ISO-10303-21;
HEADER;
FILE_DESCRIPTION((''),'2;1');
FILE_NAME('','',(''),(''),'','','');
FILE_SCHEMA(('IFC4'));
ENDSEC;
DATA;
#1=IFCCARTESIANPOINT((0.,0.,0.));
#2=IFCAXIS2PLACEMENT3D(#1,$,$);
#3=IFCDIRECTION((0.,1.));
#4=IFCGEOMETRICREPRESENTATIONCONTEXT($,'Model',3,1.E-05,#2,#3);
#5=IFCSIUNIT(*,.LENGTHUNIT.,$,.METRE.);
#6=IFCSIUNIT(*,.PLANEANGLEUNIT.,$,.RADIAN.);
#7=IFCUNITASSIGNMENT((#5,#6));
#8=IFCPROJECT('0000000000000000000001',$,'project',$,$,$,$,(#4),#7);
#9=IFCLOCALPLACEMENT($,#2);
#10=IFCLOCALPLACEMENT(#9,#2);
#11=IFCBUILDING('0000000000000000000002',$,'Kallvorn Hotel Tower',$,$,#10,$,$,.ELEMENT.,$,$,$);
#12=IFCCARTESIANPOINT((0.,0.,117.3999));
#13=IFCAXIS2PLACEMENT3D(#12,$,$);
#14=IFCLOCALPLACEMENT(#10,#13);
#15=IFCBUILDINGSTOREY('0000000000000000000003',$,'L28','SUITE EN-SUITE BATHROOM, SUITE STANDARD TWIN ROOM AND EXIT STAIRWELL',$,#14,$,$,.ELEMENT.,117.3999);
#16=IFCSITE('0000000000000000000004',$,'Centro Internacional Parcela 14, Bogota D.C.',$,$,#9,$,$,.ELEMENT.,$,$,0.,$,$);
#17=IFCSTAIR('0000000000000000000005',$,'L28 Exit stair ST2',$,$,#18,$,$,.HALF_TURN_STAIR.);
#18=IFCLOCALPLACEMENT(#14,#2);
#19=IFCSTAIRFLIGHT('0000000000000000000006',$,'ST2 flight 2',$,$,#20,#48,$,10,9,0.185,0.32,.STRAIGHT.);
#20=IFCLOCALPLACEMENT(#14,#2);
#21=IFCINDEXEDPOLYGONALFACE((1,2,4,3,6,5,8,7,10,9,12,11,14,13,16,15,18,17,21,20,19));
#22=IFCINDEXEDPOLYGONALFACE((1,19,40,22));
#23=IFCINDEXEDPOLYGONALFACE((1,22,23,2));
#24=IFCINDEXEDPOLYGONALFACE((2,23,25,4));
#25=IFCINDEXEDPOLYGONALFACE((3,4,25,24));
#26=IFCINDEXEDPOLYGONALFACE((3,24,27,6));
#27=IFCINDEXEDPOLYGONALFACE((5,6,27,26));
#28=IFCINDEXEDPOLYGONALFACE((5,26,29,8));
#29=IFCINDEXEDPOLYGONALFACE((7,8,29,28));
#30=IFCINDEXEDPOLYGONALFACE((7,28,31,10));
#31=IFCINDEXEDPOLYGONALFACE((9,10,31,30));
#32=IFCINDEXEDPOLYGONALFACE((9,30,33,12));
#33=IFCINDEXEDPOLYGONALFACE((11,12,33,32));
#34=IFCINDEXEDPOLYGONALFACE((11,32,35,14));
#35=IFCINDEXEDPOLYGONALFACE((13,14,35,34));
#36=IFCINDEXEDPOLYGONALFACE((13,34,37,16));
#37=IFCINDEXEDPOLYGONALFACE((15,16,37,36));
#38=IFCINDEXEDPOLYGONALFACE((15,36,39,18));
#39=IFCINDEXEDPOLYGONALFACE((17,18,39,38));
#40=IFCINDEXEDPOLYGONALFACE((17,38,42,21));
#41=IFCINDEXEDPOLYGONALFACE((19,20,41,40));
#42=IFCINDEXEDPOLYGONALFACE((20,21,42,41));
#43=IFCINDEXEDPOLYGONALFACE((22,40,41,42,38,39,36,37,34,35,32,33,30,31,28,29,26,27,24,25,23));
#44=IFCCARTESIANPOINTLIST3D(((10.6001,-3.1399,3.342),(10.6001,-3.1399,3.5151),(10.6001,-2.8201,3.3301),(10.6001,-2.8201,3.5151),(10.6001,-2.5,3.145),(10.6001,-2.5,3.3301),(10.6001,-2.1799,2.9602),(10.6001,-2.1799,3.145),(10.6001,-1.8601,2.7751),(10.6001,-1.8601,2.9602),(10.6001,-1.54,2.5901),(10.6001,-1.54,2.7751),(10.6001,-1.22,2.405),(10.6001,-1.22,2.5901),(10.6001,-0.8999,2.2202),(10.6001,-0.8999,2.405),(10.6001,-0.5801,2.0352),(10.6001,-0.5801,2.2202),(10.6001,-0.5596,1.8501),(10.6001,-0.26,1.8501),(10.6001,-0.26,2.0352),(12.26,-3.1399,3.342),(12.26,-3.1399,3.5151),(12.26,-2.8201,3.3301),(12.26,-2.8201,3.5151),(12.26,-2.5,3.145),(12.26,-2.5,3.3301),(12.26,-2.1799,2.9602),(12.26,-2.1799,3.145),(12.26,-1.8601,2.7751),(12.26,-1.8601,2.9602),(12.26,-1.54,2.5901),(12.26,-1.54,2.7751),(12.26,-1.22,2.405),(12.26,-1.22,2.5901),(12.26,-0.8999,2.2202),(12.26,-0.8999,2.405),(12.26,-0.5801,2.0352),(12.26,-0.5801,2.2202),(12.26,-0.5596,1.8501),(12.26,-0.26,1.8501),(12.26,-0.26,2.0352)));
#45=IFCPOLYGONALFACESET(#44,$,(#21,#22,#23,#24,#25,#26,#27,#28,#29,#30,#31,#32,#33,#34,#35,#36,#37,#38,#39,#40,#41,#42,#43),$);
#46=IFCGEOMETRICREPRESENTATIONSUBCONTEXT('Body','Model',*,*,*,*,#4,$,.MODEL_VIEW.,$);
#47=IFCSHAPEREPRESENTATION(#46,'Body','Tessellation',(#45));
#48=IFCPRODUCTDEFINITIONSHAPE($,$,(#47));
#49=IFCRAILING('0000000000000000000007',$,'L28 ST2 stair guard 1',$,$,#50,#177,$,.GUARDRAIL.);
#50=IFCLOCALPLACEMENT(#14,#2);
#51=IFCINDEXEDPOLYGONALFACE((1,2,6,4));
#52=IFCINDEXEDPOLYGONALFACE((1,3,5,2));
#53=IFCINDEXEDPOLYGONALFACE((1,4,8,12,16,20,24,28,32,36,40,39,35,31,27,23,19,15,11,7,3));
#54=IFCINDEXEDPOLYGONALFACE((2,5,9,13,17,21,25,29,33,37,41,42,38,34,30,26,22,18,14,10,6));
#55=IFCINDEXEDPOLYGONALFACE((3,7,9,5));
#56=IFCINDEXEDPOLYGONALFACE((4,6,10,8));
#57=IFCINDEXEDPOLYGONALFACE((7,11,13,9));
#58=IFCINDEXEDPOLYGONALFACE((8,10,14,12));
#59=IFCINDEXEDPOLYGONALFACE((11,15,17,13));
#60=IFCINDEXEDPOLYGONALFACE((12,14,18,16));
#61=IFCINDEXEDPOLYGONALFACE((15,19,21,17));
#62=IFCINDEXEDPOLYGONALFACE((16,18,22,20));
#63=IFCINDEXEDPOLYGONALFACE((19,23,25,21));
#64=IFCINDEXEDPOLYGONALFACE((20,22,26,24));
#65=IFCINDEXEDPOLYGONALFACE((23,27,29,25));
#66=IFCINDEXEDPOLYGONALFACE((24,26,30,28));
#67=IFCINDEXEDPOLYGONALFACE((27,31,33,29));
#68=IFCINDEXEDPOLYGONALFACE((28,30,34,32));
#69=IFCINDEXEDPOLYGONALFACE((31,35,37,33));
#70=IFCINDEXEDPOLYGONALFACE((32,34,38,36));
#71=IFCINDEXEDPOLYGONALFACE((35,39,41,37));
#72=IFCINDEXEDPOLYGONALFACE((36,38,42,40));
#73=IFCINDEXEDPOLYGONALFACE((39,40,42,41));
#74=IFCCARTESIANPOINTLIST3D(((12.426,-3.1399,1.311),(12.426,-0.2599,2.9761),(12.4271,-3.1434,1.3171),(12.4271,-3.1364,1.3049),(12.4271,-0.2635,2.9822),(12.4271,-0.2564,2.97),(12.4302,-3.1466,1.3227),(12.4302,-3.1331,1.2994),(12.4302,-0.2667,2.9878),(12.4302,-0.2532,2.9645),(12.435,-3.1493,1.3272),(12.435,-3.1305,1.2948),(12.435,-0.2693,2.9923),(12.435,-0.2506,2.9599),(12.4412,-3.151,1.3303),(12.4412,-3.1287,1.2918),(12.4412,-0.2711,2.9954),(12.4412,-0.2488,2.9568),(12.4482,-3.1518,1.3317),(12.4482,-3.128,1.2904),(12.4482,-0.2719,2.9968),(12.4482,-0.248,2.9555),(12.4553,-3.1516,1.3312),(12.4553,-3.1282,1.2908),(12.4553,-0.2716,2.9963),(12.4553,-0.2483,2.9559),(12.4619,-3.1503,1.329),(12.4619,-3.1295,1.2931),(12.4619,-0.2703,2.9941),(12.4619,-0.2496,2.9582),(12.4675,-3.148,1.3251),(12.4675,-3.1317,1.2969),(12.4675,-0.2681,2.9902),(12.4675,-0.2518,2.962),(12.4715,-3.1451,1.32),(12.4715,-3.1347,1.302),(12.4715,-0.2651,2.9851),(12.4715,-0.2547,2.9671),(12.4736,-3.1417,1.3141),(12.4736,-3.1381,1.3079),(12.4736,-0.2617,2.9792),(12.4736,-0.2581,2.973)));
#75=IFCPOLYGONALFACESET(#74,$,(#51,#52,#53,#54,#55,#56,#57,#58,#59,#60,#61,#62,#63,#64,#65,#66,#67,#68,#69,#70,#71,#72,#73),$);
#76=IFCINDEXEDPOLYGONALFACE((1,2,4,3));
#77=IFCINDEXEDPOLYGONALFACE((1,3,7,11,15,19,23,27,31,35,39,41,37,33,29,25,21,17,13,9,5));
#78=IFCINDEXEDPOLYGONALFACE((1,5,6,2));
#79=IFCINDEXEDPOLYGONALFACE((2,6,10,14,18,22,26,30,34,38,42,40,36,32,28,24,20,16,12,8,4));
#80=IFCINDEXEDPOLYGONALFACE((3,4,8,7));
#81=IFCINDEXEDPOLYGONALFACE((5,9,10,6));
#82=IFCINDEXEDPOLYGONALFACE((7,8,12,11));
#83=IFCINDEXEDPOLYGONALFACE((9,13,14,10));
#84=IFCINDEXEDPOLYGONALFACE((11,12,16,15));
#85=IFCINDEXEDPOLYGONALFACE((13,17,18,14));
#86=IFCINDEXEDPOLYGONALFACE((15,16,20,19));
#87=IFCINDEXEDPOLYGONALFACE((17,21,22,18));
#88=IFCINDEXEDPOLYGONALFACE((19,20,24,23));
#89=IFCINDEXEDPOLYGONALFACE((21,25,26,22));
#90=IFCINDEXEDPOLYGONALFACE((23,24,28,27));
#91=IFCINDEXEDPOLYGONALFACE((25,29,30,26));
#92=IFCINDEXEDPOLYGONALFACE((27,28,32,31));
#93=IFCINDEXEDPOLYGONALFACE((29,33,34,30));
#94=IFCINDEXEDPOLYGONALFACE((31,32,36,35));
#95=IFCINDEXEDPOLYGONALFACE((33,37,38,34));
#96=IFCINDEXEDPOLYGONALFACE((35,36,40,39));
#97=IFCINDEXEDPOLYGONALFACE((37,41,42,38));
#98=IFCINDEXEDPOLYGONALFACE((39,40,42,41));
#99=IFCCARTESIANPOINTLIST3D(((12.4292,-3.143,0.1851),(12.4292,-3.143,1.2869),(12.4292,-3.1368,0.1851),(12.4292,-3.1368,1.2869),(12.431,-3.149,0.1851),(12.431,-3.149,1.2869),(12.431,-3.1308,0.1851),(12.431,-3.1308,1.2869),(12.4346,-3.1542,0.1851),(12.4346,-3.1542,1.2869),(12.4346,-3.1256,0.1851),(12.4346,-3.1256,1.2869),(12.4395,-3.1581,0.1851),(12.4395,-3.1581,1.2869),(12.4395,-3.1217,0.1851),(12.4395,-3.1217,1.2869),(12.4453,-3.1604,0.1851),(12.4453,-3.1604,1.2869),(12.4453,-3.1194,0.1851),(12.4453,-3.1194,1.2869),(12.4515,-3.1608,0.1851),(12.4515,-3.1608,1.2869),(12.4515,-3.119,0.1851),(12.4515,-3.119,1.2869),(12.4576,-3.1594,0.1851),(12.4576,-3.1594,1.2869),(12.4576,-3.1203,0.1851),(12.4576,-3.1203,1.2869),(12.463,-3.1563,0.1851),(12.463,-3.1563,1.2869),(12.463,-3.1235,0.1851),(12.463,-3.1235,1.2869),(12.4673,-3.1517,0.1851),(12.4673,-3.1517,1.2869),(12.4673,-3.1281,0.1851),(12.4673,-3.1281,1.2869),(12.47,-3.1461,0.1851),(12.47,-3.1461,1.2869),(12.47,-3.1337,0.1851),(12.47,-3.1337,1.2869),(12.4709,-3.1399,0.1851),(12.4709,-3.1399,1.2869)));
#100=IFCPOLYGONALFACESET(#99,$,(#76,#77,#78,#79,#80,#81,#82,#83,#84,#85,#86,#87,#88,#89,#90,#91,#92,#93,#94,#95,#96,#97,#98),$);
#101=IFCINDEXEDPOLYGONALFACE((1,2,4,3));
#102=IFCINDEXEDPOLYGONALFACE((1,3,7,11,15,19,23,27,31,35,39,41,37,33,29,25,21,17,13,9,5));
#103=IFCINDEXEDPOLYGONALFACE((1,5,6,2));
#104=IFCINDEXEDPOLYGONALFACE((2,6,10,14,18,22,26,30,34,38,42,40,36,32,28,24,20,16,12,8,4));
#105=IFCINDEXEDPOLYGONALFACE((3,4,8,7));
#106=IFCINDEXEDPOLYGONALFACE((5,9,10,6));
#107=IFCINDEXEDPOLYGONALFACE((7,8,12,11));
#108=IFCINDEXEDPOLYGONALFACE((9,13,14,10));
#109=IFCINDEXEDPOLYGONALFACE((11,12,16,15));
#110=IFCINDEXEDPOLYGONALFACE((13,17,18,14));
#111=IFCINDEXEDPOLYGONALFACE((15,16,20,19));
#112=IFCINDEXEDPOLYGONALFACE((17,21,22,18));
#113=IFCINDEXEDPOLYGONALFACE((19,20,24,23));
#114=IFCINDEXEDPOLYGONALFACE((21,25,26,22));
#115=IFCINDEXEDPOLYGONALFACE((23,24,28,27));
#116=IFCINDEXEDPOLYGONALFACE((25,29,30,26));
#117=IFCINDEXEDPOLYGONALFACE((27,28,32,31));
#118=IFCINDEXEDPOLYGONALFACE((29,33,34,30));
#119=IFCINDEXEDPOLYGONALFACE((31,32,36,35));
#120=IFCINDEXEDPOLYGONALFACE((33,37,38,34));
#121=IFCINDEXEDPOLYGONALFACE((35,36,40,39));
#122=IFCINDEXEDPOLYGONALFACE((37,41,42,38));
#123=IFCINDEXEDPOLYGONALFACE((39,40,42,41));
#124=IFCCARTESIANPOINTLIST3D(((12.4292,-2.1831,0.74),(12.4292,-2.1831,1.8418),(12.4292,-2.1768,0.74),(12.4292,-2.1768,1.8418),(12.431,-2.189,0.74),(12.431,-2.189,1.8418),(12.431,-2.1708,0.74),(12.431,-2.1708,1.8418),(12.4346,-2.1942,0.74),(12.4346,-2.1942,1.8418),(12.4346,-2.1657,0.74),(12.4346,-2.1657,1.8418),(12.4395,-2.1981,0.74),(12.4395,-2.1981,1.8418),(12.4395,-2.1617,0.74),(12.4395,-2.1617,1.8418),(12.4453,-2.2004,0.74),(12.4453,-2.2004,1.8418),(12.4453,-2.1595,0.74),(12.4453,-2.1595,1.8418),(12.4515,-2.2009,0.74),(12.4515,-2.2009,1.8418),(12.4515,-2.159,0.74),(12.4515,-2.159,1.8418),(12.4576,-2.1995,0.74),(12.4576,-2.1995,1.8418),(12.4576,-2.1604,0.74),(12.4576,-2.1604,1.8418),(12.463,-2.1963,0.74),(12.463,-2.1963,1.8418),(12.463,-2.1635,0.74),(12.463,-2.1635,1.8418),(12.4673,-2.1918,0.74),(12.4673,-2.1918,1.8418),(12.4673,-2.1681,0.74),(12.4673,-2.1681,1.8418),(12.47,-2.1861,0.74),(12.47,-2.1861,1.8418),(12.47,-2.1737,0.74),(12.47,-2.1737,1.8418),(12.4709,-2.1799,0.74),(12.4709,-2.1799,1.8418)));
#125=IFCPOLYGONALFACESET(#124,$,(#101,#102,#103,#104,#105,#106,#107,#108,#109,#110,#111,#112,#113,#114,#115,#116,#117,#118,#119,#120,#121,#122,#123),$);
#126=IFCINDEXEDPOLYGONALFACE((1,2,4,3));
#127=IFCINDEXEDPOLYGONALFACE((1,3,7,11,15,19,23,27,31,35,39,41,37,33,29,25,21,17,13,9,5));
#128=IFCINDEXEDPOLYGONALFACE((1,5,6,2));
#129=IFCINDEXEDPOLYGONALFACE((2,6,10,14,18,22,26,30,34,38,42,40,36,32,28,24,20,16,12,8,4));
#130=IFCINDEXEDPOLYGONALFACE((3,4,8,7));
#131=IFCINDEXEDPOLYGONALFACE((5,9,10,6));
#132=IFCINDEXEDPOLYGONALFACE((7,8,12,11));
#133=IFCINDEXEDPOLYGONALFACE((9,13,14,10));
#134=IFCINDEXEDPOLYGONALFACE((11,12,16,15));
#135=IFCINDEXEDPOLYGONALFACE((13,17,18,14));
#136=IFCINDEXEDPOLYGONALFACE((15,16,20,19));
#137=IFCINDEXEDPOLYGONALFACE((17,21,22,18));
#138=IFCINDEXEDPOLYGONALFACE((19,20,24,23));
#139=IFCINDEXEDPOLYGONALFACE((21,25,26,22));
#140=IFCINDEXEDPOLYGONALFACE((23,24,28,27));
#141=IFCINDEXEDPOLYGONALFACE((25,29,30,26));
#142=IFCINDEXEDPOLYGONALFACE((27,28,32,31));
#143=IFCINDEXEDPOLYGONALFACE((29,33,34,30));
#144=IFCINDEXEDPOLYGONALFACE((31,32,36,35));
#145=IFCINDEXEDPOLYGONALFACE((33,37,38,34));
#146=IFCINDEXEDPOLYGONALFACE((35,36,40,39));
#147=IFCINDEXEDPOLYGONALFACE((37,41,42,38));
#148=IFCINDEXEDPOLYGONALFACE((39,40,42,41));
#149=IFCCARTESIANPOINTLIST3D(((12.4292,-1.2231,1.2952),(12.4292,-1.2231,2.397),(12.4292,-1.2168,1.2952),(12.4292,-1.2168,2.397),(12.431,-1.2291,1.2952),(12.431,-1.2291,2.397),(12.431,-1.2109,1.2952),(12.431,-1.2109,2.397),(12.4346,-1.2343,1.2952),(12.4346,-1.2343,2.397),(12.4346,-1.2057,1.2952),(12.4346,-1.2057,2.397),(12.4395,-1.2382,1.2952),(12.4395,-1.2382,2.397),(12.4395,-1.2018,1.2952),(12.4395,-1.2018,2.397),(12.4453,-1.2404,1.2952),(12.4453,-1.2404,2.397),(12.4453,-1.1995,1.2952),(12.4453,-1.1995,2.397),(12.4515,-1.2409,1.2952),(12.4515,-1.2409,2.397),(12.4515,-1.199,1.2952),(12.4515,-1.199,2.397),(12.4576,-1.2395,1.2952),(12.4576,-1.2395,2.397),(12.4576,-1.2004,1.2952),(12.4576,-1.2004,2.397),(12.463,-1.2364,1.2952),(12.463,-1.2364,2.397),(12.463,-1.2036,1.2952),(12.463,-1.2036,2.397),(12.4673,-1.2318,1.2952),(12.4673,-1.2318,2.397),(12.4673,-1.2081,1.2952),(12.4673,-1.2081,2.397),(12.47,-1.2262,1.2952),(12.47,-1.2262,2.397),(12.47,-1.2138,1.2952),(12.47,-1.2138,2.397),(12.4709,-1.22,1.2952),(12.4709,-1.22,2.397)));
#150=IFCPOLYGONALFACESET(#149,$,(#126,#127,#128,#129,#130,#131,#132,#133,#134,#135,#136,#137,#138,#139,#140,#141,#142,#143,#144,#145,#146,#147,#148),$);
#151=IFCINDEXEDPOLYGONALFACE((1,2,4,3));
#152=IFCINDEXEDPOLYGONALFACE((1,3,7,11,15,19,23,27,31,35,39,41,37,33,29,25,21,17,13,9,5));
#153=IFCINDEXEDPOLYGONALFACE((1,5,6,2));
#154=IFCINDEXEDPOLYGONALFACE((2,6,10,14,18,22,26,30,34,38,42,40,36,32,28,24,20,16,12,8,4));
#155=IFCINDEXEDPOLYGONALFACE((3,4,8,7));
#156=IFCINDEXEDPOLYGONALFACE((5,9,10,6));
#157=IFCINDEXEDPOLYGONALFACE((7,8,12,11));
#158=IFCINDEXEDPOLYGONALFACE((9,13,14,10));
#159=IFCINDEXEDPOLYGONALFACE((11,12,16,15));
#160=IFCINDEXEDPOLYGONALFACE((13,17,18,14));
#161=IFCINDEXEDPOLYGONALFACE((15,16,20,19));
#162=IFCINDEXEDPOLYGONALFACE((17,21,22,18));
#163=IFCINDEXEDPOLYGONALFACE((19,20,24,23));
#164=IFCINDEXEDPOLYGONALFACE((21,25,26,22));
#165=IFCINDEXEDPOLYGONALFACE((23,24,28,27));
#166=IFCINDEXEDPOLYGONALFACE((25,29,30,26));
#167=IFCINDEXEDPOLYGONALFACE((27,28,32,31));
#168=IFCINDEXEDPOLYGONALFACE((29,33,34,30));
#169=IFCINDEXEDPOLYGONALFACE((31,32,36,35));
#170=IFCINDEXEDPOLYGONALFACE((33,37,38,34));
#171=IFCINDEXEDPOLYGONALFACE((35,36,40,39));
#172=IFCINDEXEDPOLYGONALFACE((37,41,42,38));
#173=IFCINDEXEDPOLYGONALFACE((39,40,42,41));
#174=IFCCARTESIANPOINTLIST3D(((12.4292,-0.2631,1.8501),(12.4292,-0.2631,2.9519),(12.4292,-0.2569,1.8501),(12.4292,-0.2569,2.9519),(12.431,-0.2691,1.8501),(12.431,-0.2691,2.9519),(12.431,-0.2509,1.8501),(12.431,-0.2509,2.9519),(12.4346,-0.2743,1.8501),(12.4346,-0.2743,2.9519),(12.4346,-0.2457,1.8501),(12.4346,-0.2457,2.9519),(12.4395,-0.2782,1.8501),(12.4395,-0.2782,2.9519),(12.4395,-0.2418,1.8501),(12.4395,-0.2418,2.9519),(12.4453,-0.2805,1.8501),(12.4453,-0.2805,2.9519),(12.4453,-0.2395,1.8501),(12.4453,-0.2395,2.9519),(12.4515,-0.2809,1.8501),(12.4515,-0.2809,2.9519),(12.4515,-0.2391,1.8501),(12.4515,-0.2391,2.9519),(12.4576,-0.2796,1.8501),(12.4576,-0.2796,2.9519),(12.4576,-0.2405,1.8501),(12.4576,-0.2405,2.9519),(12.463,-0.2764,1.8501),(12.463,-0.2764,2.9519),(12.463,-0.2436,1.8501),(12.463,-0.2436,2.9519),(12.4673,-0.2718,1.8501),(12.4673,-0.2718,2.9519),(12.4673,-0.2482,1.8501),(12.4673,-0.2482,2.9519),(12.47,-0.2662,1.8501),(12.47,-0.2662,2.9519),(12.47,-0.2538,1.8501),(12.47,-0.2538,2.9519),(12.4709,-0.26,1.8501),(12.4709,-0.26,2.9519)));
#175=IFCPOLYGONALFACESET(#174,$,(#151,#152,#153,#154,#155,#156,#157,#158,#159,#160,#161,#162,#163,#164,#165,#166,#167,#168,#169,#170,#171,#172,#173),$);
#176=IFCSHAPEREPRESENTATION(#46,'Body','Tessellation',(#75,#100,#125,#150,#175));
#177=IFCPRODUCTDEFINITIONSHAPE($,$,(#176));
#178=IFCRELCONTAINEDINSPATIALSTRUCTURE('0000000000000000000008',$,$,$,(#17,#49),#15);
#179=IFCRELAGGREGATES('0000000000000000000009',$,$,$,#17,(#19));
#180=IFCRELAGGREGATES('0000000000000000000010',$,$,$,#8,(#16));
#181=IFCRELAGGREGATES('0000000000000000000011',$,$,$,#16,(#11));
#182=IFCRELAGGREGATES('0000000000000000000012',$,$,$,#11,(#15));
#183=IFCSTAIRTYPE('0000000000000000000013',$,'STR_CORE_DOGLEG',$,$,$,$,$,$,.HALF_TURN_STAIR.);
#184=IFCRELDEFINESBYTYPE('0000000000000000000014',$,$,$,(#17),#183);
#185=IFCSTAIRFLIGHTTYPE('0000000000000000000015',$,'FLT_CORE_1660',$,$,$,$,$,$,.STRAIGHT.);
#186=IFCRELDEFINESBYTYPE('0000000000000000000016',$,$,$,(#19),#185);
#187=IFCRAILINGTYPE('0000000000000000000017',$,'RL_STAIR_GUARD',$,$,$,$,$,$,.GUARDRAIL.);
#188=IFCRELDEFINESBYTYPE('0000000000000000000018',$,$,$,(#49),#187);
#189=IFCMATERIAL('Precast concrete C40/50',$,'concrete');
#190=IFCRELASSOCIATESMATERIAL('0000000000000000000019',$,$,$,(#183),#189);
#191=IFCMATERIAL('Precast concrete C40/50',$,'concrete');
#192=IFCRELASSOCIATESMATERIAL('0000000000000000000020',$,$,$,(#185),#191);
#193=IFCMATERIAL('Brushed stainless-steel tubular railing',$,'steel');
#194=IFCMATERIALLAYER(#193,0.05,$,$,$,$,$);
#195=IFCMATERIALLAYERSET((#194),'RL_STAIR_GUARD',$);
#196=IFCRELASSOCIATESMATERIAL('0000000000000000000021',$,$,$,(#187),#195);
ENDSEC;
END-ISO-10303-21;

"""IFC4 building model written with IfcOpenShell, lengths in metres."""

from ifc_helpers import new_model, si_unit, direction, frame, origin, origin_2d, place, context, subcontext, project, spatial, polyline, circle, outline, extrude, material, layer, layer_set, type_object, element, aggregate, save


model = new_model("IFC4")

# Units and contexts
model_context = context("Model", 3, precision=1e-05, world=origin(), true_north=direction((0.0, 1.0)))
body_context = subcontext(model_context, "Body", "Model", "MODEL_VIEW")
ifc_project = project(units=[si_unit("LENGTHUNIT", "METRE"), si_unit("PLANEANGLEUNIT", "RADIAN")], contexts=[model_context])

# Site, building, storey
site_placement = place(None, origin())
site = spatial("IfcSite", under=ifc_project, at=site_placement, Name="Centro Internacional Parcela 14, Bogota D.C.", CompositionType="ELEMENT", RefElevation=0.0)
building_placement = place(site_placement, origin())
building = spatial("IfcBuilding", under=site, at=building_placement, Name="Kallvorn Hotel Tower", CompositionType="ELEMENT")
storey_placement = place(building_placement, frame((0.0, 0.0, 117.3999)))
storey = spatial("IfcBuildingStorey", under=building, at=storey_placement, Name="L28", Description="SUITE EN-SUITE BATHROOM, SUITE STANDARD TWIN ROOM AND EXIT STAIRWELL", CompositionType="ELEMENT", Elevation=117.3999)

# Stair, stair flight
ifc_material_1 = material(Name="Precast concrete C40/50", Category="concrete")
stair_type = type_object("IfcStairType", Name="STR_CORE_DOGLEG", PredefinedType="HALF_TURN_STAIR", material=ifc_material_1)
stair_placement = place(storey_placement, origin())
stair = element("IfcStair", 1, at=stair_placement, inside=storey, type_object=stair_type, Name="L28 Exit stair ST2", PredefinedType="HALF_TURN_STAIR")
ifc_material_2 = material(Name="Precast concrete C40/50", Category="concrete")
stair_flight_type = type_object("IfcStairFlightType", Name="FLT_CORE_1660", PredefinedType="STRAIGHT", material=ifc_material_2)
stair_flight_1_placement = place(storey_placement, frame((11.4299, -0.26, 1.8501), z_axis=(0.0, 0.0, 1.0), x_axis=(0.0, -1.0, 0.0)))
stair_flight_1 = element("IfcStairFlight", 2, at=stair_flight_1_placement, type_object=stair_flight_type, Name="ST2 flight 2", NumberOfRisers=10, NumberOfTreads=9, PredefinedType="STRAIGHT", RiserHeight=0.185, TreadLength=0.32, context=body_context, shape_type="SweptSolid", body=[
    extrude(outline(polyline([(0.0, 0.0), (0.0, 0.1851), (0.3201, 0.1851), (0.3201, 0.3701), (0.6399, 0.3701), (0.6399, 0.5549), (0.96, 0.5549), (0.96, 0.74), (1.28, 0.74), (1.28, 0.925), (1.6001, 0.925), (1.6001, 1.1101), (1.9199, 1.1101), (1.9199, 1.2949), (2.24, 1.2949), (2.24, 1.48), (2.5601, 1.48), (2.5601, 1.665), (2.8799, 1.665), (2.8799, 1.8501), (2.8799, 1.4919), (0.2996, 0.0), (0.0, 0.0)])), frame((0.0, 0.8301, 0.0), z_axis=(0.0, -1.0, 0.0), x_axis=(1.0, 0.0, 0.0)), (0.0, 0.0, 1.0), 1.6599),
])
aggregate(stair, [stair_flight_1])

# Railing
ifc_material_3 = material(Name="Brushed stainless-steel tubular railing", Category="steel")
ifc_layer_1 = layer(ifc_material_3, 0.05)
ifc_layer_set_1 = layer_set([ifc_layer_1], Name="RL_STAIR_GUARD")
railing_type_1 = type_object("IfcRailingType", Name="RL_STAIR_GUARD", PredefinedType="GUARDRAIL", material=ifc_layer_set_1)
railing_1_placement = place(storey_placement, frame((12.45, -3.1399, 0.1851)))
element("IfcRailing", 3, at=railing_1_placement, inside=storey, type_object=railing_type_1, Name="L28 ST2 stair guard 1", PredefinedType="GUARDRAIL", context=body_context, shape_type="SweptSolid", body=[
    extrude(circle(Radius=0.0239, at=origin_2d()), frame((0.0, 0.0, 1.126), z_axis=(0.0, 0.865721, 0.500527), x_axis=(-1.0, 0.0, 0.0)), (0.0, 0.0, 1.0), 3.3267),
    extrude(circle(Radius=0.021, at=origin_2d()), origin(), (0.0, 0.0, 1.0), 1.1018),
    extrude(circle(Radius=0.021, at=origin_2d()), frame((0.0, 0.96, 0.5549)), (0.0, 0.0, 1.0), 1.1018),
    extrude(circle(Radius=0.021, at=origin_2d()), frame((0.0, 1.9199, 1.1101)), (0.0, 0.0, 1.0), 1.1018),
    extrude(circle(Radius=0.021, at=origin_2d()), frame((0.0, 2.8799, 1.665)), (0.0, 0.0, 1.0), 1.1018),
])

save(model, "model.ifc")
